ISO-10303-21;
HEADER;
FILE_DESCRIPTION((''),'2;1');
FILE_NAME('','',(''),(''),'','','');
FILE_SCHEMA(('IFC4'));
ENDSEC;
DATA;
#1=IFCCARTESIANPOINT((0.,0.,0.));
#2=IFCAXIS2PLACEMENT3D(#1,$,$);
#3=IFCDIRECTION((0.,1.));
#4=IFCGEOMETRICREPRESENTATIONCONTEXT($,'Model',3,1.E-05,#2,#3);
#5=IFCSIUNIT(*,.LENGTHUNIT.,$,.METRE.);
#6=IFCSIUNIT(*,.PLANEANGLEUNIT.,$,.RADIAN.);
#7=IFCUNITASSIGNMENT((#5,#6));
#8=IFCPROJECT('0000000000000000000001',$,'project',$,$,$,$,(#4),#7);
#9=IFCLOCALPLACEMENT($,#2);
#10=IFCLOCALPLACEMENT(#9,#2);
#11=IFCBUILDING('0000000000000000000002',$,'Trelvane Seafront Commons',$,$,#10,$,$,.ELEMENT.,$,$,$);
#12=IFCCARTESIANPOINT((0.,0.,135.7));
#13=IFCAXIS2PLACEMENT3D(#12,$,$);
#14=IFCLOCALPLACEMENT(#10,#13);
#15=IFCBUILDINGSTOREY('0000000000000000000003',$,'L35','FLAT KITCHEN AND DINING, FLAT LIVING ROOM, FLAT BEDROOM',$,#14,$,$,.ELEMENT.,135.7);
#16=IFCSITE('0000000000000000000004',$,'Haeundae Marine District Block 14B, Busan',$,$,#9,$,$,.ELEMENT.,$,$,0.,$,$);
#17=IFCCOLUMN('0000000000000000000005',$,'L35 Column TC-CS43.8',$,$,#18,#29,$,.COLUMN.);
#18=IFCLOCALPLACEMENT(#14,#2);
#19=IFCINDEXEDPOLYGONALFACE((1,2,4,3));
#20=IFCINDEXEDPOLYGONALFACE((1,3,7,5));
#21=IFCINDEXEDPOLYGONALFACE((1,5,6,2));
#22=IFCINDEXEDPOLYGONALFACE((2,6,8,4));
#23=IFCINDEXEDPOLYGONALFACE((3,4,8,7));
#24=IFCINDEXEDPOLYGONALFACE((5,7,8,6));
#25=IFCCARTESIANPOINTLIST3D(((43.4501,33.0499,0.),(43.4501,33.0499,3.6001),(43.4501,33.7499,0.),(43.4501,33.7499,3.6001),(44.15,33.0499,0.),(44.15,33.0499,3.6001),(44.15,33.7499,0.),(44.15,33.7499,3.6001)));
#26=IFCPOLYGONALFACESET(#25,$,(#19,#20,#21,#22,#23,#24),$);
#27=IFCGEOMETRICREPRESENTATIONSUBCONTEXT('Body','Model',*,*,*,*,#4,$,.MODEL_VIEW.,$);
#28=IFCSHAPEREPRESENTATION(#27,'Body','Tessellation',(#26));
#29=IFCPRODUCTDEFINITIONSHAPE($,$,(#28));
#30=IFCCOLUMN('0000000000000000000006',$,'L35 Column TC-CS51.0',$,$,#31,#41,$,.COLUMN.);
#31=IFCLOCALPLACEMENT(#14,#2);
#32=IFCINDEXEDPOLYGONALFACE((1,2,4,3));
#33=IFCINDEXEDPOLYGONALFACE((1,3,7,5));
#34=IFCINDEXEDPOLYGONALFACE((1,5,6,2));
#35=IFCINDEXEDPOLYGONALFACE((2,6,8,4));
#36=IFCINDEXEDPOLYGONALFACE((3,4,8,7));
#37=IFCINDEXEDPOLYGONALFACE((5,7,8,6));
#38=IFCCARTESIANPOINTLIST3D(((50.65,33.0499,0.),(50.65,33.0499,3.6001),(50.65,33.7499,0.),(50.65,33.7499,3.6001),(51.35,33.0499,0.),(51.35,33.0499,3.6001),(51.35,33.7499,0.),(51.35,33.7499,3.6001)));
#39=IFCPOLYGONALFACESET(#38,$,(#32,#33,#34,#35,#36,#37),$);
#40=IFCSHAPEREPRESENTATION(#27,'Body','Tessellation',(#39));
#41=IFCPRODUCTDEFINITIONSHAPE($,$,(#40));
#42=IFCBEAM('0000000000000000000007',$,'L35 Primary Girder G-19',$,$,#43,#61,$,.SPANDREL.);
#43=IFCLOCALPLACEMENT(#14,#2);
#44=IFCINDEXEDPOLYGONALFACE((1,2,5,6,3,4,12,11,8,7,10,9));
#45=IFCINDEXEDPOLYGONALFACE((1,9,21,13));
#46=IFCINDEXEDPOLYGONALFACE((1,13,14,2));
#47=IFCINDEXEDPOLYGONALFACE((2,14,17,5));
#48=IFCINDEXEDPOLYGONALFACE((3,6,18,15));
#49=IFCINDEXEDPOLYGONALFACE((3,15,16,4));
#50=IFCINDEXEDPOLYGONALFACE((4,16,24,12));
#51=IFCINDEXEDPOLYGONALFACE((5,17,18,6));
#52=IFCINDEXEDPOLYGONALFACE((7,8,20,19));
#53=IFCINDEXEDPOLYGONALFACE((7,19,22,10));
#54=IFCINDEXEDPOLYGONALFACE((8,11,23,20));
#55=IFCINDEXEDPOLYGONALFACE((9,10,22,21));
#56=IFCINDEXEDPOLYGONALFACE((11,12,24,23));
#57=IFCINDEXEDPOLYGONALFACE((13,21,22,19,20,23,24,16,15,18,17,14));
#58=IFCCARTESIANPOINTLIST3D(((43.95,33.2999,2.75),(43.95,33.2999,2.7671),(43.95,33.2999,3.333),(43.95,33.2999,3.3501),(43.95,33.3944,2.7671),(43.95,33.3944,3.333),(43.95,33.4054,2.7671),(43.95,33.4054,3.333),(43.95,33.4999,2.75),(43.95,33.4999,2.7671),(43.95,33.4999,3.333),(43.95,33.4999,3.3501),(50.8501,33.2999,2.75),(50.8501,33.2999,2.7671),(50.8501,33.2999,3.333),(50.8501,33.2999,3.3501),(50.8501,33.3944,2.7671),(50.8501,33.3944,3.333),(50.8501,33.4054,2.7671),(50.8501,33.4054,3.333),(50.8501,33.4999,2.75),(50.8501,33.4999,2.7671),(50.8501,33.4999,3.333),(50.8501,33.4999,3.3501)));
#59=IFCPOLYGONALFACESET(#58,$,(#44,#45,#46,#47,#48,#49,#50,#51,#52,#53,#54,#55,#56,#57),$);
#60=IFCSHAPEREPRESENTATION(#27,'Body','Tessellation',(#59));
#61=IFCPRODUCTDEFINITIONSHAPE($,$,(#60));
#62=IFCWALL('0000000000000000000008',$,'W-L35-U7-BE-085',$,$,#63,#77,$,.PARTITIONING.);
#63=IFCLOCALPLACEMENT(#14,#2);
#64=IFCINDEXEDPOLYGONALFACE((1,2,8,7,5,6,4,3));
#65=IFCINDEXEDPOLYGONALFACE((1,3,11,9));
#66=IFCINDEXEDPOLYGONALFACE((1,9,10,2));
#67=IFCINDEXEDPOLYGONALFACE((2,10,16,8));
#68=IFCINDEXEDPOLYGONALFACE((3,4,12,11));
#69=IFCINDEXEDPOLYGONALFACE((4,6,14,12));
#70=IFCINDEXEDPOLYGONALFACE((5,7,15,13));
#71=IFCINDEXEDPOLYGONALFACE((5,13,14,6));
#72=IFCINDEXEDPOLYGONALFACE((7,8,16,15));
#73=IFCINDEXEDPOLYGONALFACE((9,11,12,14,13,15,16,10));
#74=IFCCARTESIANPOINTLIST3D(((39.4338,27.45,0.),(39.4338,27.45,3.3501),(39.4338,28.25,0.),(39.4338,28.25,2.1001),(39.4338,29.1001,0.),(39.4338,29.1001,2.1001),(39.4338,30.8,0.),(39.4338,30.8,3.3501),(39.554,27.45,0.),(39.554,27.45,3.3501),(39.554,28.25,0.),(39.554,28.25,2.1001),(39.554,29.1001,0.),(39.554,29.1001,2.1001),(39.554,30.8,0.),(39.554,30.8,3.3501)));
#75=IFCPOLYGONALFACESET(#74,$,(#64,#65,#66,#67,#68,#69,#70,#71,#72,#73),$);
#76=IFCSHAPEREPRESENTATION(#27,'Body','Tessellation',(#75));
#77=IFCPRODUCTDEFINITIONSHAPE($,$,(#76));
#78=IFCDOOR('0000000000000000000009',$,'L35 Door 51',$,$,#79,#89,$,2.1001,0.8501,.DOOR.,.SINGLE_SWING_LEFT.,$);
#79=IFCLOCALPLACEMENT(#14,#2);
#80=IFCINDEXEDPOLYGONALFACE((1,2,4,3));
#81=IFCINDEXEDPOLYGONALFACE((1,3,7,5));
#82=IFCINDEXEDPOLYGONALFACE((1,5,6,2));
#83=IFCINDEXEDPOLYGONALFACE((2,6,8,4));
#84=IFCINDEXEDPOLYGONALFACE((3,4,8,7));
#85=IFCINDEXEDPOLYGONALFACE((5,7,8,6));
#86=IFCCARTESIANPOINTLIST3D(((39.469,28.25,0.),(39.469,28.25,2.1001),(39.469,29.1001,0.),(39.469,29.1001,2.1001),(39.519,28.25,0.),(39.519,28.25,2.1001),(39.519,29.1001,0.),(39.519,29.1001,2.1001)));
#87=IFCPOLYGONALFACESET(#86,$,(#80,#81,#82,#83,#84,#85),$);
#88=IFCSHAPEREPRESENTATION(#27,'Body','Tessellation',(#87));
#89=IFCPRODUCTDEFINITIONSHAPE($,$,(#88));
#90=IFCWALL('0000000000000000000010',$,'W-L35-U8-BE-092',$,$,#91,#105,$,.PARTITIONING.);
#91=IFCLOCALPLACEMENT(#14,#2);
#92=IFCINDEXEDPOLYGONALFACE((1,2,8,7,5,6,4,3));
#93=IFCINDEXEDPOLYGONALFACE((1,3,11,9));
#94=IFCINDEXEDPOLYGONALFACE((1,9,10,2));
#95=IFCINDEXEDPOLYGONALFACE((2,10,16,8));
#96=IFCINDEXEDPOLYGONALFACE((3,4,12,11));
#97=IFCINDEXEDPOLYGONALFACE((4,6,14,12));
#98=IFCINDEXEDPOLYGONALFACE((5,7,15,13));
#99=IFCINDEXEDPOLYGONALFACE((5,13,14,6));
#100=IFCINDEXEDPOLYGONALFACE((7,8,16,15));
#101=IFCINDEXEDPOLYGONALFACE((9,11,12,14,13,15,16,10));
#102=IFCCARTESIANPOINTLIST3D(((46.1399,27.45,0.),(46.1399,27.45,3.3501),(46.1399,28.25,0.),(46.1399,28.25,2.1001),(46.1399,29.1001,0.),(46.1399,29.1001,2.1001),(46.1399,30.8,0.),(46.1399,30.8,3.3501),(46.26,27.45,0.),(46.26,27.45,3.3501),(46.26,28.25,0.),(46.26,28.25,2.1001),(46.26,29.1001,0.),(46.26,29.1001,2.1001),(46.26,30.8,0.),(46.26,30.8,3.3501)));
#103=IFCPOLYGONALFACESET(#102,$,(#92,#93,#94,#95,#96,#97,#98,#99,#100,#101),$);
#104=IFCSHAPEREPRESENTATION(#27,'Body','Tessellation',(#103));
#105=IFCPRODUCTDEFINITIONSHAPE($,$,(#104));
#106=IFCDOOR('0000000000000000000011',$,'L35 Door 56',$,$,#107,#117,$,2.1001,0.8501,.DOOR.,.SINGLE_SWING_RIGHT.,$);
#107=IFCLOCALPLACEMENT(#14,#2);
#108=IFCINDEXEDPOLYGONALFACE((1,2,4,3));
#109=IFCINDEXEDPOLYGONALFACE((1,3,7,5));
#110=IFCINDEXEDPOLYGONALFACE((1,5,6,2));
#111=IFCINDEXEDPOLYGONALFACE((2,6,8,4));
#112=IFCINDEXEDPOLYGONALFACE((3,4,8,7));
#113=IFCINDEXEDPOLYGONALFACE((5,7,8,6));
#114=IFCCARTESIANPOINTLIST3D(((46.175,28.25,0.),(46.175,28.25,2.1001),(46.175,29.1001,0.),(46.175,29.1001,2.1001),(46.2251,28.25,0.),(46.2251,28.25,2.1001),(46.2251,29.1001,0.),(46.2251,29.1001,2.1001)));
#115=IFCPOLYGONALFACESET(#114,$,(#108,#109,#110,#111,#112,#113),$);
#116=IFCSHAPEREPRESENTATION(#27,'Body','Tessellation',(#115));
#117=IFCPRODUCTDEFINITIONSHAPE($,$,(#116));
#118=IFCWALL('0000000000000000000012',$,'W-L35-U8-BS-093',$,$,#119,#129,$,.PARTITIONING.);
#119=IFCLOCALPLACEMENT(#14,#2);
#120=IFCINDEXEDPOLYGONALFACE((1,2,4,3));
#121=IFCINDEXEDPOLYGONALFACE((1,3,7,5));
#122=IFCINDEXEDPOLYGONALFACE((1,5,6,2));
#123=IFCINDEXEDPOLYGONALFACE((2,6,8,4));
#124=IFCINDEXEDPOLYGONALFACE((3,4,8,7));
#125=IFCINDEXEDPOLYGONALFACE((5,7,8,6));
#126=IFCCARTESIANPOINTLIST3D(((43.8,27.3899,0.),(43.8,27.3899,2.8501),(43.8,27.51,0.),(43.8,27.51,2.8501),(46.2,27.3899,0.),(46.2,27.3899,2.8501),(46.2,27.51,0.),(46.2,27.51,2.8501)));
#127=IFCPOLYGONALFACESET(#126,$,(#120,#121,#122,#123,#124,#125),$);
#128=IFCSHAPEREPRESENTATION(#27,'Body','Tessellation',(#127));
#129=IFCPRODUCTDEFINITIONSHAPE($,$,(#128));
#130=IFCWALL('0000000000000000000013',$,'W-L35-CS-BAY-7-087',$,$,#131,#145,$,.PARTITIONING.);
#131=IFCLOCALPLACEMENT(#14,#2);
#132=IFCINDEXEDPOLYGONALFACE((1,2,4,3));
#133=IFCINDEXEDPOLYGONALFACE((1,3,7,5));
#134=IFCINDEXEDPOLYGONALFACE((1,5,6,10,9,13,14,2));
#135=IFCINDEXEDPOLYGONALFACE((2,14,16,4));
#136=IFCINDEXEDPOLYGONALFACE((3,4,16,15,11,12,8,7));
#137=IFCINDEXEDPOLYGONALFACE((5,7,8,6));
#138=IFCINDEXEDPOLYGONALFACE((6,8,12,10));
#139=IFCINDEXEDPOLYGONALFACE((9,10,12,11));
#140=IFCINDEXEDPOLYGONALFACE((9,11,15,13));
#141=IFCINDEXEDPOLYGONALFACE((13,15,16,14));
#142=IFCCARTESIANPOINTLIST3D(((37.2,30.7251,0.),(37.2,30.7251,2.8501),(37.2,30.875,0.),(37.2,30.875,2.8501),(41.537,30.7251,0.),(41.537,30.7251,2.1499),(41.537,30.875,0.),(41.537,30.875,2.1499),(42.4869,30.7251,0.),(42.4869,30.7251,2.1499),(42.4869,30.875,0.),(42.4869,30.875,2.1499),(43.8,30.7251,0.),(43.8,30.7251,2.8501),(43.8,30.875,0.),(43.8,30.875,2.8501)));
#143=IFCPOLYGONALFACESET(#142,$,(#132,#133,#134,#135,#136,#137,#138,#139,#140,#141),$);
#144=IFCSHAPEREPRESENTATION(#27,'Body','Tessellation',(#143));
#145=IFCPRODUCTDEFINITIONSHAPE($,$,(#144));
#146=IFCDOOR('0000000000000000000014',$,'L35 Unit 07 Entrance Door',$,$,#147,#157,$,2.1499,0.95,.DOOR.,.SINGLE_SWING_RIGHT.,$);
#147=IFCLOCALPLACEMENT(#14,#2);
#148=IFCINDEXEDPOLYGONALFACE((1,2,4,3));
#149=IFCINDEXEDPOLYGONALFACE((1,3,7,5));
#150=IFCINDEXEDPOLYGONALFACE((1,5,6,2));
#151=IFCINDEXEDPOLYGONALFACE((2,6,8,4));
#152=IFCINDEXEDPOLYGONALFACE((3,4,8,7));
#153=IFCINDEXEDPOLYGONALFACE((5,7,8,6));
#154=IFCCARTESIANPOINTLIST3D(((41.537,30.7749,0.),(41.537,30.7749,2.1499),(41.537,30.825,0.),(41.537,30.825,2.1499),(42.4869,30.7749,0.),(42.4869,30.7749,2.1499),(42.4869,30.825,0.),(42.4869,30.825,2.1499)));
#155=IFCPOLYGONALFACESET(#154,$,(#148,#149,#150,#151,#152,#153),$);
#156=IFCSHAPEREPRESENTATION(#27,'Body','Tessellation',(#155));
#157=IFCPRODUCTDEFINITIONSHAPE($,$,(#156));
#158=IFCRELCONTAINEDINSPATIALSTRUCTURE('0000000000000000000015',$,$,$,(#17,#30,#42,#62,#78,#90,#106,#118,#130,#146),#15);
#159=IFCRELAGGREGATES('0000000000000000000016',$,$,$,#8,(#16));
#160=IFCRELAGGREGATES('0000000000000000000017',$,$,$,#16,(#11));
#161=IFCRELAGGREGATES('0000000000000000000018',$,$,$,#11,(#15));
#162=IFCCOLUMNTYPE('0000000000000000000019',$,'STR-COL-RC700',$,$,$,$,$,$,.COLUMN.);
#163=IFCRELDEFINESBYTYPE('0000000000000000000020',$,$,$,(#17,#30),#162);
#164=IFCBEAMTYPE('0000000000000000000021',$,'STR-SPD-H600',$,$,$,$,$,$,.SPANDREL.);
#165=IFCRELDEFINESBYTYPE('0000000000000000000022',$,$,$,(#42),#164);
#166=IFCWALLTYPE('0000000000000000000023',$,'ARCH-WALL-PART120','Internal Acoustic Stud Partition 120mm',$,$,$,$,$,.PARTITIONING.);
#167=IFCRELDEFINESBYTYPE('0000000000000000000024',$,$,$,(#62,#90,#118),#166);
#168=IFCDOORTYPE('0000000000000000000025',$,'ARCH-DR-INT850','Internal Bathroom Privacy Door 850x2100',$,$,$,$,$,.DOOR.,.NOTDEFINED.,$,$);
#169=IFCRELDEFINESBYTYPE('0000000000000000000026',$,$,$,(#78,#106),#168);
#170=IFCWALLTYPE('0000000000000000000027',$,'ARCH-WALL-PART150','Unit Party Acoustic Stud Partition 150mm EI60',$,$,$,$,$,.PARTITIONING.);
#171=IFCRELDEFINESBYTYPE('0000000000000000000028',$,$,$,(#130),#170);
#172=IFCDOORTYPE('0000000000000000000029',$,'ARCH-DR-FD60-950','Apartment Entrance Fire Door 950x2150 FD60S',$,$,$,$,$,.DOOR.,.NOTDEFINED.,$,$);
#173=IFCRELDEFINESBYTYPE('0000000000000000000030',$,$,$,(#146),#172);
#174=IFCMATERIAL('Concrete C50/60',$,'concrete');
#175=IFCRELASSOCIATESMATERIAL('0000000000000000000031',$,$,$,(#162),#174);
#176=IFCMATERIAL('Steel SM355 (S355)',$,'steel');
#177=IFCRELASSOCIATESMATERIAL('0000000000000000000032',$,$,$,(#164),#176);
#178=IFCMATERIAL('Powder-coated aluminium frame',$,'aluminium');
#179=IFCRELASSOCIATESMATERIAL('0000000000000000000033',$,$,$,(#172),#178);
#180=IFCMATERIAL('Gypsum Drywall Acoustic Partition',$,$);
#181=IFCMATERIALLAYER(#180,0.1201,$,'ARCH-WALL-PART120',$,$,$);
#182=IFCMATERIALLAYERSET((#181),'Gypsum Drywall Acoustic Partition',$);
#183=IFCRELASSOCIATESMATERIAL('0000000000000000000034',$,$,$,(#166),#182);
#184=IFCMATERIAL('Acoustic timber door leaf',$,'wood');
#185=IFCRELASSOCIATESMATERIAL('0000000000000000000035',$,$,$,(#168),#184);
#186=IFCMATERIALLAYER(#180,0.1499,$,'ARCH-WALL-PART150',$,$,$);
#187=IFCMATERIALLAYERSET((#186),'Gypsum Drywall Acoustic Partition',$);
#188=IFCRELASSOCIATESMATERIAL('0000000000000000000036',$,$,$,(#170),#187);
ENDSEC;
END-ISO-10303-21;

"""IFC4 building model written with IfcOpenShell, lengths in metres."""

from ifc_helpers import new_model, si_unit, direction, frame, frame_2d, origin, origin_2d, place, context, subcontext, project, spatial, rectangle, i_section, extrude, source, transform, mapped, material, layer, layer_set, material_profile, profile_set, type_object, element, fill, save


model = new_model("IFC4")

# Units and contexts
model_context = context("Model", 3, precision=1e-05, world=origin(), true_north=direction((0.0, 1.0)))
body_context = subcontext(model_context, "Body", "Model", "MODEL_VIEW")
ifc_project = project(units=[si_unit("LENGTHUNIT", "METRE"), si_unit("PLANEANGLEUNIT", "RADIAN")], contexts=[model_context])

# Site, building, storey
site_placement = place(None, origin())
site = spatial("IfcSite", under=ifc_project, at=site_placement, Name="Haeundae Marine District Block 14B, Busan", CompositionType="ELEMENT", RefElevation=0.0)
building_placement = place(site_placement, origin())
building = spatial("IfcBuilding", under=site, at=building_placement, Name="Trelvane Seafront Commons", CompositionType="ELEMENT")
storey_placement = place(building_placement, frame((0.0, 0.0, 135.7)))
storey = spatial("IfcBuildingStorey", under=building, at=storey_placement, Name="L35", Description="FLAT KITCHEN AND DINING, FLAT LIVING ROOM, FLAT BEDROOM", CompositionType="ELEMENT", Elevation=135.7)

# Columns
ifc_material_1 = material(Name="Concrete C50/60", Category="concrete")
ifc_material_profile_1 = material_profile(ifc_material_1, rectangle(XDim=0.7, YDim=0.7, at=origin_2d()), Name="RC-700x700")
ifc_profile_set_1 = profile_set([ifc_material_profile_1], Name="Concrete C50/60")
column_type = type_object("IfcColumnType", Name="STR-COL-RC700", PredefinedType="COLUMN", material=ifc_profile_set_1)
shared_shape_1 = source(origin(), body_context, "Body", "SweptSolid", [
    extrude(rectangle(XDim=0.7, YDim=0.7, at=origin_2d()), origin(), (0.0, 0.0, 1.0), 3.6001),
])
for number, where, z_axis, x_axis, name in (
    (1, (43.8, 33.3999, 0.0), (0.0, 0.0, 1.0), (1.0, 0.0, 0.0), "L35 Column TC-CS43.8"),
    (2, (51.0, 33.3999, 0.0), (0.0, 0.0, 1.0), (1.0, 0.0, 0.0), "L35 Column TC-CS51.0"),
):
    element("IfcColumn", number, at=place(storey_placement, frame(where, z_axis=z_axis, x_axis=x_axis)), inside=storey, type_object=column_type, Name=name, PredefinedType="COLUMN", context=body_context, shape_type="MappedRepresentation", body=[
        mapped(shared_shape_1, transform((0.0, 0.0, 0.0), x_axis=(1.0, 0.0, 0.0), y_axis=(0.0, 1.0, 0.0), z_axis=(0.0, 0.0, 1.0), scale=1.0)),
    ])

# Beam
ifc_material_2 = material(Name="Steel SM355 (S355)", Category="steel")
ifc_material_profile_2 = material_profile(ifc_material_2, i_section(OverallWidth=0.2, OverallDepth=0.6001, WebThickness=0.011, FlangeThickness=0.0171, at=origin_2d()), Name="H-600x200x11x17")
ifc_profile_set_2 = profile_set([ifc_material_profile_2], Name="Steel SM355 (S355)")
beam_type = type_object("IfcBeamType", Name="STR-SPD-H600", PredefinedType="SPANDREL", material=ifc_profile_set_2)
shared_shape_2 = source(origin(), body_context, "Body", "SweptSolid", [
    extrude(i_section(OverallWidth=0.2, OverallDepth=0.6001, WebThickness=0.011, FlangeThickness=0.0171, at=origin_2d()), origin(), (0.0, 0.0, 1.0), 6.9001),
])
beam_placement = place(storey_placement, frame((43.95, 33.3999, 3.05), z_axis=(1.0, 0.0, 0.0), x_axis=(0.0, 1.0, 0.0)))
element("IfcBeam", 3, at=beam_placement, inside=storey, type_object=beam_type, Name="L35 Primary Girder G-19", PredefinedType="SPANDREL", context=body_context, shape_type="MappedRepresentation", body=[
    mapped(shared_shape_2, transform((0.0, 0.0, 0.0), x_axis=(1.0, 0.0, 0.0), y_axis=(0.0, 1.0, 0.0), z_axis=(0.0, 0.0, 1.0), scale=1.0)),
])

# Shared definitions
ifc_material_3 = material(Name="Powder-coated aluminium frame", Category="aluminium")
door_type_1 = type_object("IfcDoorType", Name="ARCH-DR-FD60-950", Description="Apartment Entrance Fire Door 950x2150 FD60S", OperationType="NOTDEFINED", PredefinedType="DOOR", material=ifc_material_3)
shared_shape_3 = source(origin(), body_context, "Body", "SweptSolid", [
    extrude(rectangle(XDim=0.95, YDim=2.1499, at=frame_2d((0.4751, 1.075))), frame((0.0, 0.0249, 0.0), z_axis=(0.0, -1.0, 0.0), x_axis=(1.0, 0.0, 0.0)), (0.0, 0.0, 1.0), 0.05),
])
ifc_material_4 = material(Name="Gypsum Drywall Acoustic Partition")
ifc_layer_1 = layer(ifc_material_4, 0.1201, Name="ARCH-WALL-PART120")
ifc_layer_set_1 = layer_set([ifc_layer_1], Name="Gypsum Drywall Acoustic Partition")
wall_type_1 = type_object("IfcWallType", Name="ARCH-WALL-PART120", Description="Internal Acoustic Stud Partition 120mm", PredefinedType="PARTITIONING", material=ifc_layer_set_1)
ifc_material_5 = material(Name="Acoustic timber door leaf", Category="wood")

# Walls, openings, doors
wall_1_placement = place(storey_placement, frame((39.4939, 27.45, 0.0), z_axis=(0.0, 0.0, 1.0), x_axis=(0.0, 1.0, 0.0)))
wall_1 = element("IfcWall", 4, at=wall_1_placement, inside=storey, type_object=wall_type_1, Name="W-L35-U7-BE-085", PredefinedType="PARTITIONING", context=body_context, shape_type="SweptSolid", body=[
    extrude(rectangle(XDim=3.3501, YDim=0.1201, at=frame_2d((1.675, 0.0))), origin(), (0.0, 0.0, 1.0), 3.3501),
])
opening_1_placement = place(wall_1_placement, frame((0.8, 0.0, 0.0)))
opening_1 = element("IfcOpeningElement", 5, at=opening_1_placement, cuts=wall_1, PredefinedType="OPENING", context=body_context, shape_type="SweptSolid", body=[
    extrude(rectangle(XDim=0.8501, YDim=2.1001, at=frame_2d((0.425, 1.05))), frame((0.0, 0.0701, 0.0), z_axis=(0.0, -1.0, 0.0), x_axis=(1.0, 0.0, 0.0)), (0.0, 0.0, 1.0), 0.1401),
])
door_type_2 = type_object("IfcDoorType", Name="ARCH-DR-INT850", Description="Internal Bathroom Privacy Door 850x2100", OperationType="NOTDEFINED", PredefinedType="DOOR", material=ifc_material_5)
shared_shape_4 = source(origin(), body_context, "Body", "SweptSolid", [
    extrude(rectangle(XDim=0.8501, YDim=2.1001, at=frame_2d((0.425, 1.05))), frame((0.0, 0.0249, 0.0), z_axis=(0.0, -1.0, 0.0), x_axis=(1.0, 0.0, 0.0)), (0.0, 0.0, 1.0), 0.05),
])
door_1_placement = place(opening_1_placement, origin())
door_1 = element("IfcDoor", 6, at=door_1_placement, inside=storey, type_object=door_type_2, Name="L35 Door 51", OperationType="SINGLE_SWING_LEFT", OverallHeight=2.1001, OverallWidth=0.8501, PredefinedType="DOOR", context=body_context, shape_type="MappedRepresentation", body=[
    mapped(shared_shape_4, transform((0.0, 0.0, 0.0), x_axis=(1.0, 0.0, 0.0), y_axis=(0.0, 1.0, 0.0), z_axis=(0.0, 0.0, 1.0), scale=1.0)),
])
fill(opening_1, door_1)
wall_2_placement = place(storey_placement, frame((46.2, 27.45, 0.0), z_axis=(0.0, 0.0, 1.0), x_axis=(0.0, 1.0, 0.0)))
wall_2 = element("IfcWall", 7, at=wall_2_placement, inside=storey, type_object=wall_type_1, Name="W-L35-U8-BE-092", PredefinedType="PARTITIONING", context=body_context, shape_type="SweptSolid", body=[
    extrude(rectangle(XDim=3.3501, YDim=0.1201, at=frame_2d((1.675, 0.0))), origin(), (0.0, 0.0, 1.0), 3.3501),
])
opening_2_placement = place(wall_2_placement, frame((0.8, 0.0, 0.0)))
opening_2 = element("IfcOpeningElement", 8, at=opening_2_placement, cuts=wall_2, PredefinedType="OPENING", context=body_context, shape_type="SweptSolid", body=[
    extrude(rectangle(XDim=0.8501, YDim=2.1001, at=frame_2d((0.425, 1.05))), frame((0.0, 0.0701, 0.0), z_axis=(0.0, -1.0, 0.0), x_axis=(1.0, 0.0, 0.0)), (0.0, 0.0, 1.0), 0.1401),
])
door_2_placement = place(opening_2_placement, origin())
door_2 = element("IfcDoor", 9, at=door_2_placement, inside=storey, type_object=door_type_2, Name="L35 Door 56", OperationType="SINGLE_SWING_RIGHT", OverallHeight=2.1001, OverallWidth=0.8501, PredefinedType="DOOR", context=body_context, shape_type="MappedRepresentation", body=[
    mapped(shared_shape_4, transform((0.0, 0.0, 0.0), x_axis=(1.0, 0.0, 0.0), y_axis=(0.0, 1.0, 0.0), z_axis=(0.0, 0.0, 1.0), scale=1.0)),
])
fill(opening_2, door_2)

# Wall
wall_3_placement = place(storey_placement, frame((43.8, 27.45, 0.0), z_axis=(0.0, 0.0, 1.0), x_axis=(1.0, 0.0, 0.0)))
element("IfcWall", 10, at=wall_3_placement, inside=storey, type_object=wall_type_1, Name="W-L35-U8-BS-093", PredefinedType="PARTITIONING", context=body_context, shape_type="SweptSolid", body=[
    extrude(rectangle(XDim=2.3999, YDim=0.1201, at=frame_2d((1.2, 0.0))), origin(), (0.0, 0.0, 1.0), 2.8501),
])

# Wall, opening, door
ifc_layer_2 = layer(ifc_material_4, 0.1499, Name="ARCH-WALL-PART150")
ifc_layer_set_2 = layer_set([ifc_layer_2], Name="Gypsum Drywall Acoustic Partition")
wall_type_2 = type_object("IfcWallType", Name="ARCH-WALL-PART150", Description="Unit Party Acoustic Stud Partition 150mm EI60", PredefinedType="PARTITIONING", material=ifc_layer_set_2)
wall_4_placement = place(storey_placement, frame((37.2, 30.8, 0.0), z_axis=(0.0, 0.0, 1.0), x_axis=(1.0, 0.0, 0.0)))
wall_4 = element("IfcWall", 11, at=wall_4_placement, inside=storey, type_object=wall_type_2, Name="W-L35-CS-BAY-7-087", PredefinedType="PARTITIONING", context=body_context, shape_type="SweptSolid", body=[
    extrude(rectangle(XDim=6.6001, YDim=0.1499, at=frame_2d((3.3, 0.0))), origin(), (0.0, 0.0, 1.0), 2.8501),
])
opening_3_placement = place(wall_4_placement, frame((4.3369, 0.0, 0.0)))
opening_3 = element("IfcOpeningElement", 12, at=opening_3_placement, cuts=wall_4, PredefinedType="OPENING", context=body_context, shape_type="SweptSolid", body=[
    extrude(rectangle(XDim=0.95, YDim=2.1499, at=frame_2d((0.4751, 1.075))), frame((0.0, 0.085, 0.0), z_axis=(0.0, -1.0, 0.0), x_axis=(1.0, 0.0, 0.0)), (0.0, 0.0, 1.0), 0.1699),
])
door_3_placement = place(opening_3_placement, origin())
door_3 = element("IfcDoor", 13, at=door_3_placement, inside=storey, type_object=door_type_1, Name="L35 Unit 07 Entrance Door", OperationType="SINGLE_SWING_RIGHT", OverallHeight=2.1499, OverallWidth=0.95, PredefinedType="DOOR", context=body_context, shape_type="MappedRepresentation", body=[
    mapped(shared_shape_3, transform((0.0, 0.0, 0.0), x_axis=(1.0, 0.0, 0.0), y_axis=(0.0, 1.0, 0.0), z_axis=(0.0, 0.0, 1.0), scale=1.0)),
])
fill(opening_3, door_3)

save(model, "model.ifc")
